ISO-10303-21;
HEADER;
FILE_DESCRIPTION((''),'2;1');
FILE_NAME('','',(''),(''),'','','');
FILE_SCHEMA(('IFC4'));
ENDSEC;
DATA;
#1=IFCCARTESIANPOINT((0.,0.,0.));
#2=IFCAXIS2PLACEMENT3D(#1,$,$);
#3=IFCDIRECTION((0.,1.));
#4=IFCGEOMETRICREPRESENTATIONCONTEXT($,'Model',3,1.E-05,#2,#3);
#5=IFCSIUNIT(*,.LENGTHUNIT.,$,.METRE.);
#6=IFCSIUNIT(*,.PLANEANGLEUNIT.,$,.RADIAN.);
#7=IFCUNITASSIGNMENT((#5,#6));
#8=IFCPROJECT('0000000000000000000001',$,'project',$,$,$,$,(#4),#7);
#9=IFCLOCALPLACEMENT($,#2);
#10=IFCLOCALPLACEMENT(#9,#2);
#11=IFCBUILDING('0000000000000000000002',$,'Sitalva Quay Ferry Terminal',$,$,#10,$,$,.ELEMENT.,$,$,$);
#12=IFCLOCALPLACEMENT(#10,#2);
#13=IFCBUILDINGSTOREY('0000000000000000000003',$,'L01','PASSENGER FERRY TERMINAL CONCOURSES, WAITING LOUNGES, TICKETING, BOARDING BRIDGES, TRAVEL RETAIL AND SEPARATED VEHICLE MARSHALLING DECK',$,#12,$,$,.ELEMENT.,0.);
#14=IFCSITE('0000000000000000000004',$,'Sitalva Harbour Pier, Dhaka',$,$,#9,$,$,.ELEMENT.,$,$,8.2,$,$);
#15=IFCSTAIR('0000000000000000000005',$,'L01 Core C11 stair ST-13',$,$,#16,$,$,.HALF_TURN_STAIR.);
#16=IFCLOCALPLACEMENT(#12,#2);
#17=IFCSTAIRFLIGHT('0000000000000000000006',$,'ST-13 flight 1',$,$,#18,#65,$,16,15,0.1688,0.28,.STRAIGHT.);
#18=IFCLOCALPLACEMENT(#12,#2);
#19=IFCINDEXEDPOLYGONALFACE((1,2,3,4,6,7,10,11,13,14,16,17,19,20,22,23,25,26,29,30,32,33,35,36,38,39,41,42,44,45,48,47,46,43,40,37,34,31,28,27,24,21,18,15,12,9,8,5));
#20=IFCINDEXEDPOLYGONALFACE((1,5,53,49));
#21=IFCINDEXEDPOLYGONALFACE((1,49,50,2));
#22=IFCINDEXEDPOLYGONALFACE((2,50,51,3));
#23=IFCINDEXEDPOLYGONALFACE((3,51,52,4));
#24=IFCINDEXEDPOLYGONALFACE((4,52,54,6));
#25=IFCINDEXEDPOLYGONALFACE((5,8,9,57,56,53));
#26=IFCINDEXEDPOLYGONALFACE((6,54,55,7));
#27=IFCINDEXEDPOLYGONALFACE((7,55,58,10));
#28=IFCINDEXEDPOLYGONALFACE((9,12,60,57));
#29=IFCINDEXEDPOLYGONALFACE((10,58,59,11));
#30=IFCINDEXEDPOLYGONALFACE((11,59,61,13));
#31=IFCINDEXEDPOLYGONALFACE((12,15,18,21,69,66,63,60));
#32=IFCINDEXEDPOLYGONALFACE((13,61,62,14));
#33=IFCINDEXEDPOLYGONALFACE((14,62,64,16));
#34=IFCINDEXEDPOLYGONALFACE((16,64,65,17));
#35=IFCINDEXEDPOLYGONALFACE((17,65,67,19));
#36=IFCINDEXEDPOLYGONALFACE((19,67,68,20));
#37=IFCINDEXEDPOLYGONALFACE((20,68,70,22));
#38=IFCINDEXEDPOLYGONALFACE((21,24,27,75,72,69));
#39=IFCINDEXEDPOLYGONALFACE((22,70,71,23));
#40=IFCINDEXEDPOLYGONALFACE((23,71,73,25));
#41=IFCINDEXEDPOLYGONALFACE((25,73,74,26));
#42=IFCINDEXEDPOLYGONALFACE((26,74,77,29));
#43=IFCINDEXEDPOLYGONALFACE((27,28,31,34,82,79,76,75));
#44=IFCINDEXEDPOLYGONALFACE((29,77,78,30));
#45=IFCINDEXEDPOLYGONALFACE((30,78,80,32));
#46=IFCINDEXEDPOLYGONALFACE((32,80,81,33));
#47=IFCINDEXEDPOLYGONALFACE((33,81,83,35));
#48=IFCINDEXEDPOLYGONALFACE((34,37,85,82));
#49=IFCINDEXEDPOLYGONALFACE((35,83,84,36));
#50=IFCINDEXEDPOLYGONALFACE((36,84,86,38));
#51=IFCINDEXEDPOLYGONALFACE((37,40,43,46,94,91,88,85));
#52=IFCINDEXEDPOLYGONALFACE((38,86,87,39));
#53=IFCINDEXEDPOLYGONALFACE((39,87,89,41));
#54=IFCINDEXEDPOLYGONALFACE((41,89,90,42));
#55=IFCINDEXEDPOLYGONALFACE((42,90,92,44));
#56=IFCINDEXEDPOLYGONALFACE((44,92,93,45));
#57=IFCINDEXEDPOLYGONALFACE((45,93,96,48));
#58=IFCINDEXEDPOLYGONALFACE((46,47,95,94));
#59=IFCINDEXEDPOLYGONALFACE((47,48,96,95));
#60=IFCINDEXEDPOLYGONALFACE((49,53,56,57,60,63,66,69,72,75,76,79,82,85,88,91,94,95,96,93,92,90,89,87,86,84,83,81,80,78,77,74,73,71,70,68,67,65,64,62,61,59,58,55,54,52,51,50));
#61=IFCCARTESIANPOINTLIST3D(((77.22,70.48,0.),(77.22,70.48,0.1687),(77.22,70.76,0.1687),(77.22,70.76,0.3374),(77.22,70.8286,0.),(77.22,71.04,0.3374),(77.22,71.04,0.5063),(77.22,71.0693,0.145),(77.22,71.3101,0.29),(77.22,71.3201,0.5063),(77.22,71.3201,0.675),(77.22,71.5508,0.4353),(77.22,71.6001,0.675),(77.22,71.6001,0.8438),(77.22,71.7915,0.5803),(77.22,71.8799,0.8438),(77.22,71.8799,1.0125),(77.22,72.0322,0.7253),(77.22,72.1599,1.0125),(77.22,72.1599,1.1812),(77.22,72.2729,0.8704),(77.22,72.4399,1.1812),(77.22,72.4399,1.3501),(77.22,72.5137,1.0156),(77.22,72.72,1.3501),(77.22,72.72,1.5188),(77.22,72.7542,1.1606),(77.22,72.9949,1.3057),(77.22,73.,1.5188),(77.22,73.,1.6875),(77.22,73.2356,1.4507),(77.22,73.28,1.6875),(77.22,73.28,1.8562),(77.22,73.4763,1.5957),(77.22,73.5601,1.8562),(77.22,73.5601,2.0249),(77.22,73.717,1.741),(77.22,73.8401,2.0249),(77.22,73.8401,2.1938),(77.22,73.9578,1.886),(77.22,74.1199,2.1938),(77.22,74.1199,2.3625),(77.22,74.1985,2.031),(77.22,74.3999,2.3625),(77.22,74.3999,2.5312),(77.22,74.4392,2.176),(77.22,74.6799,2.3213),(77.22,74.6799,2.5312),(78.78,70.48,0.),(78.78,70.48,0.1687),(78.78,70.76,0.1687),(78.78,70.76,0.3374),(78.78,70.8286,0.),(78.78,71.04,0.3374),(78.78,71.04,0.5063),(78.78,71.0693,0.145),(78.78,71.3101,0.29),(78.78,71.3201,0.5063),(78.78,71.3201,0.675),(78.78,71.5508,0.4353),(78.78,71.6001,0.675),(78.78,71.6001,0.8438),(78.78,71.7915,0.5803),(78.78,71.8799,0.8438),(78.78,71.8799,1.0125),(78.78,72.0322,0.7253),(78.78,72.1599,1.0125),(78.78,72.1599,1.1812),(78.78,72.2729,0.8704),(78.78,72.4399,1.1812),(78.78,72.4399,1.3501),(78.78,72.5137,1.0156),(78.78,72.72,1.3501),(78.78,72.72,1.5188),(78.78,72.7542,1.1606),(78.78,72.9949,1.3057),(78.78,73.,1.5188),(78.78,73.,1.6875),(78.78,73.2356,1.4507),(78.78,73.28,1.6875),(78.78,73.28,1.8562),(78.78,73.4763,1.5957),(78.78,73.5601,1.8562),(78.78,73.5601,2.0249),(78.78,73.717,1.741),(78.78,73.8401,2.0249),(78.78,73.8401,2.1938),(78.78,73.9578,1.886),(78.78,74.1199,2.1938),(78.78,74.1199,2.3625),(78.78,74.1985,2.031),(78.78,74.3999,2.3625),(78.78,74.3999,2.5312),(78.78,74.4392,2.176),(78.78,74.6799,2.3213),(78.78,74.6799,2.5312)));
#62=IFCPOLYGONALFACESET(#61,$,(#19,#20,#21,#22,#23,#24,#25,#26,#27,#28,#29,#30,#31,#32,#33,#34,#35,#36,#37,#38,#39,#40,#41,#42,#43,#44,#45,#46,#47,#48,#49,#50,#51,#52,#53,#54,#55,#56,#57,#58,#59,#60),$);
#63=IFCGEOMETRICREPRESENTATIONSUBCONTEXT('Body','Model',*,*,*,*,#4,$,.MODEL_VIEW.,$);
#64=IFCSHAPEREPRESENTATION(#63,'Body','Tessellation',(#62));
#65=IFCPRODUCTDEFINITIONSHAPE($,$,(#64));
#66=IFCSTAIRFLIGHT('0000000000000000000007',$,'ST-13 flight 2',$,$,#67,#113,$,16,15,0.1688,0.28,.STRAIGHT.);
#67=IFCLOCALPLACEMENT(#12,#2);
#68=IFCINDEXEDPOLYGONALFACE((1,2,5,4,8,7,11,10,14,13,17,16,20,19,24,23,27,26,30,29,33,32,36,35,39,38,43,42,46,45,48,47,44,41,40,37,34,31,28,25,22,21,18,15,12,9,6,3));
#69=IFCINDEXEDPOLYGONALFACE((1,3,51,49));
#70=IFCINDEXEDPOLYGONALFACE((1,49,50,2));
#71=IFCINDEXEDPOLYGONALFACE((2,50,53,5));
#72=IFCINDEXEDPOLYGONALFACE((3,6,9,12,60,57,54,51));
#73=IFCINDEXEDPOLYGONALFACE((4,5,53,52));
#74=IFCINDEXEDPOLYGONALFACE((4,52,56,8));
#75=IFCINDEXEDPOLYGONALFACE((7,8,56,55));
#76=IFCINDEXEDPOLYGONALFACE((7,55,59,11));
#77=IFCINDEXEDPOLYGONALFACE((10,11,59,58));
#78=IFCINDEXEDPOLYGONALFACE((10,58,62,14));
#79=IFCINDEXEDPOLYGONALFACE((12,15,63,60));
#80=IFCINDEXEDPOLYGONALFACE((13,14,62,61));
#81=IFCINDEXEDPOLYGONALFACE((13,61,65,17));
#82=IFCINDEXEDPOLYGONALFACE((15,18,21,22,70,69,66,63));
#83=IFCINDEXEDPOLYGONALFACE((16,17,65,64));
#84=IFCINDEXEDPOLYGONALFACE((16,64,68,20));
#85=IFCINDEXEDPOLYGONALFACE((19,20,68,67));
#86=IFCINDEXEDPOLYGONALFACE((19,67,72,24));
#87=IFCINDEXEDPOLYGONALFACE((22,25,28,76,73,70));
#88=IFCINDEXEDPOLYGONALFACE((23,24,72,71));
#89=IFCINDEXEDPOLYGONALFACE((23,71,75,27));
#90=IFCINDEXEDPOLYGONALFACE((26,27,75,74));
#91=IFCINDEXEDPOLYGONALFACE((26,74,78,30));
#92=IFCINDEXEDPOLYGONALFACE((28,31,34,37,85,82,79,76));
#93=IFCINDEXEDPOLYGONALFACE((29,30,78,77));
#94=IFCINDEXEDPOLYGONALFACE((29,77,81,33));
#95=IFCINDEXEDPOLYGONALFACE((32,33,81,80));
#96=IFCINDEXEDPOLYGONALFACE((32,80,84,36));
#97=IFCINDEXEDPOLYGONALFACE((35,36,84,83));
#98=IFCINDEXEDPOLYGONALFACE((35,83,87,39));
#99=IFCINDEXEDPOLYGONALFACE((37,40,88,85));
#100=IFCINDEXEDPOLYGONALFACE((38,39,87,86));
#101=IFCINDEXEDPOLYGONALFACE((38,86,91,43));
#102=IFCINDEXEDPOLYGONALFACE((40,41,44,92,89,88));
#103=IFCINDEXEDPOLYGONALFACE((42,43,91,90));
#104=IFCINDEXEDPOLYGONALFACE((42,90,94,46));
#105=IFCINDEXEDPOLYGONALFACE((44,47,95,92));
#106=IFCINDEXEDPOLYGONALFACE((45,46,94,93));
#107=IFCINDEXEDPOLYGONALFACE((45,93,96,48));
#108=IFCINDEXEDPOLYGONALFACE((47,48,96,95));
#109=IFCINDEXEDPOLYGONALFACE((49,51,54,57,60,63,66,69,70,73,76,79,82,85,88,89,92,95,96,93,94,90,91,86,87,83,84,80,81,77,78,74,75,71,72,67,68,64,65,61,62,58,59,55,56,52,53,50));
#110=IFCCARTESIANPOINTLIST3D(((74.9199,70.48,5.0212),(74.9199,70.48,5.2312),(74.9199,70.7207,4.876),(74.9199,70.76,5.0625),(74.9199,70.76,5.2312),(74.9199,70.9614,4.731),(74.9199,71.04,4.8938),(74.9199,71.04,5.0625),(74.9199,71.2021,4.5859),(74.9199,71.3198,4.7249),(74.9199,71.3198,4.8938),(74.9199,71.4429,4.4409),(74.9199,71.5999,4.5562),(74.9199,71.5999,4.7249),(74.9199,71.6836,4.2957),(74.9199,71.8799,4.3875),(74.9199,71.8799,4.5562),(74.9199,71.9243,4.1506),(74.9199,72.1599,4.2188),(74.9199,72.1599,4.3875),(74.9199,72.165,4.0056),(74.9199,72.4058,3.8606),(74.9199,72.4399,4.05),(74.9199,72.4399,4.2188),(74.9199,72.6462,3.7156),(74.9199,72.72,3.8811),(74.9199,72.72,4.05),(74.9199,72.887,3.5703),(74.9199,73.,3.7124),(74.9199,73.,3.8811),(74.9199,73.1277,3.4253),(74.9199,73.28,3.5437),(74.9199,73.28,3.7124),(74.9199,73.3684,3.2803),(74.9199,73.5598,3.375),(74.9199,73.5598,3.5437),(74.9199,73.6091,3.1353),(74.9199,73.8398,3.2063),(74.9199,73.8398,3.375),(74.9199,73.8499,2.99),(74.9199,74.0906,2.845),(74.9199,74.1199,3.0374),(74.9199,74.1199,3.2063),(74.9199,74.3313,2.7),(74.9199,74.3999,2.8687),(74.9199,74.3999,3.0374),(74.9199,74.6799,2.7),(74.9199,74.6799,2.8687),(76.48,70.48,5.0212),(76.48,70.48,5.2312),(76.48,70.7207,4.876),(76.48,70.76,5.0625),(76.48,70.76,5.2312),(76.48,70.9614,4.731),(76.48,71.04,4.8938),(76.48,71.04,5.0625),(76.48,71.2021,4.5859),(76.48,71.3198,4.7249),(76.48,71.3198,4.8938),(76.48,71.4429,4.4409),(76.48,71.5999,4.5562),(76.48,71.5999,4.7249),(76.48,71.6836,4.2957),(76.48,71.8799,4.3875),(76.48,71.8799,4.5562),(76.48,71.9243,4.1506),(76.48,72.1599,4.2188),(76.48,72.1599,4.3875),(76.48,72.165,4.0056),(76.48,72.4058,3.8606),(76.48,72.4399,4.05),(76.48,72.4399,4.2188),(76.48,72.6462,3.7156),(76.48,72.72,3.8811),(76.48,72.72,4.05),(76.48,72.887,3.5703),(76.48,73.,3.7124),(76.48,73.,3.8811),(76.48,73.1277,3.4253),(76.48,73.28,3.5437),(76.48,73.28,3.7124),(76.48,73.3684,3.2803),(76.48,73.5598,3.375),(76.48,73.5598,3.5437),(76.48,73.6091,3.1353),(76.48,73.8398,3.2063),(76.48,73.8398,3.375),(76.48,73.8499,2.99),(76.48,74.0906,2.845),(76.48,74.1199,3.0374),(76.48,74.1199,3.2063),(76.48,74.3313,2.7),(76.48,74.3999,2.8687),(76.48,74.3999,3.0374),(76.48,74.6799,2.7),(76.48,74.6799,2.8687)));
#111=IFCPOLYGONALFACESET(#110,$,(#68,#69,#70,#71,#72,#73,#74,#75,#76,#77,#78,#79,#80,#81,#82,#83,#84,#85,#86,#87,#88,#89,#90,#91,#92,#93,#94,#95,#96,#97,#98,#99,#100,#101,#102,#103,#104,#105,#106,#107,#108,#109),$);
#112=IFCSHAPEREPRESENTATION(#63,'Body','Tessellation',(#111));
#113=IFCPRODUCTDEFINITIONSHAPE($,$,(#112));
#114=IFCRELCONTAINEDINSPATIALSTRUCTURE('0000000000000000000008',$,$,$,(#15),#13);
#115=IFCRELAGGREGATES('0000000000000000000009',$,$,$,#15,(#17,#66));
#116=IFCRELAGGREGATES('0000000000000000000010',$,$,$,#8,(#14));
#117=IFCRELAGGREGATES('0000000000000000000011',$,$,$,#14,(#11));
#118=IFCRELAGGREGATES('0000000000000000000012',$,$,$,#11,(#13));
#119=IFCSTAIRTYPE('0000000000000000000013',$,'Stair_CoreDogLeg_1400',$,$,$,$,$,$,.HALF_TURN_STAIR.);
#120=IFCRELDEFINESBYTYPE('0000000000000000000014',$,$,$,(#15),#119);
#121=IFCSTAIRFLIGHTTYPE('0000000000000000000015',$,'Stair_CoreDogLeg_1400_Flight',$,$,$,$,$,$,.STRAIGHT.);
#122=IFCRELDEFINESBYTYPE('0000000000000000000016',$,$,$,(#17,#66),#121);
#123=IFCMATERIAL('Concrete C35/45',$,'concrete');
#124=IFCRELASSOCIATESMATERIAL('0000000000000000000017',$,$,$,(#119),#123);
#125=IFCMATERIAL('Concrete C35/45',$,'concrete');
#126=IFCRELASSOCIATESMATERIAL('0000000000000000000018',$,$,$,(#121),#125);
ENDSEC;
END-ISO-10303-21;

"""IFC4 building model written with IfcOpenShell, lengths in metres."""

from ifc_helpers import new_model, si_unit, direction, frame, origin, place, context, subcontext, project, spatial, polyline, outline, extrude, material, type_object, element, aggregate, save


model = new_model("IFC4")

# Units and contexts
model_context = context("Model", 3, precision=1e-05, world=origin(), true_north=direction((0.0, 1.0)))
body_context = subcontext(model_context, "Body", "Model", "MODEL_VIEW")
ifc_project = project(units=[si_unit("LENGTHUNIT", "METRE"), si_unit("PLANEANGLEUNIT", "RADIAN")], contexts=[model_context])

# Site, building, storey
site_placement = place(None, origin())
site = spatial("IfcSite", under=ifc_project, at=site_placement, Name="Sitalva Harbour Pier, Dhaka", CompositionType="ELEMENT", RefElevation=8.2)
building_placement = place(site_placement, origin())
building = spatial("IfcBuilding", under=site, at=building_placement, Name="Sitalva Quay Ferry Terminal", CompositionType="ELEMENT")
storey_placement = place(building_placement, origin())
storey = spatial("IfcBuildingStorey", under=building, at=storey_placement, Name="L01", Description="PASSENGER FERRY TERMINAL CONCOURSES, WAITING LOUNGES, TICKETING, BOARDING BRIDGES, TRAVEL RETAIL AND SEPARATED VEHICLE MARSHALLING DECK", CompositionType="ELEMENT", Elevation=0.0)

# Stair, stair flights
ifc_material_1 = material(Name="Concrete C35/45", Category="concrete")
stair_type = type_object("IfcStairType", Name="Stair_CoreDogLeg_1400", PredefinedType="HALF_TURN_STAIR", material=ifc_material_1)
stair_placement = place(storey_placement, origin())
stair = element("IfcStair", 1, at=stair_placement, inside=storey, type_object=stair_type, Name="L01 Core C11 stair ST-13", PredefinedType="HALF_TURN_STAIR")
ifc_material_2 = material(Name="Concrete C35/45", Category="concrete")
stair_flight_type = type_object("IfcStairFlightType", Name="Stair_CoreDogLeg_1400_Flight", PredefinedType="STRAIGHT", material=ifc_material_2)
stair_flight_1_placement = place(storey_placement, frame((78.0, 70.48, 0.0), z_axis=(0.0, 0.0, 1.0), x_axis=(0.0, 1.0, 0.0)))
stair_flight_1 = element("IfcStairFlight", 2, at=stair_flight_1_placement, type_object=stair_flight_type, Name="ST-13 flight 1", NumberOfRisers=16, NumberOfTreads=15, PredefinedType="STRAIGHT", RiserHeight=0.1688, TreadLength=0.28, context=body_context, shape_type="SweptSolid", body=[
    extrude(outline(polyline([(0.0, 0.0), (0.0, 0.1687), (0.28, 0.1687), (0.28, 0.3374), (0.5601, 0.3374), (0.5601, 0.5063), (0.8401, 0.5063), (0.8401, 0.675), (1.1201, 0.675), (1.1201, 0.8438), (1.3999, 0.8438), (1.3999, 1.0125), (1.6799, 1.0125), (1.6799, 1.1812), (1.96, 1.1812), (1.96, 1.3501), (2.24, 1.3501), (2.24, 1.5188), (2.52, 1.5188), (2.52, 1.6875), (2.8, 1.6875), (2.8, 1.8562), (3.0801, 1.8562), (3.0801, 2.0249), (3.3601, 2.0249), (3.3601, 2.1938), (3.6399, 2.1938), (3.6399, 2.3625), (3.9199, 2.3625), (3.9199, 2.5312), (4.2, 2.5312), (4.2, 2.7), (4.2, 2.3213), (3.9592, 2.176), (3.7185, 2.031), (3.4778, 1.886), (3.2371, 1.741), (2.9963, 1.5957), (2.7556, 1.4507), (2.5149, 1.3057), (2.2742, 1.1606), (2.0337, 1.0156), (1.793, 0.8704), (1.5522, 0.7253), (1.3115, 0.5803), (1.0708, 0.4353), (0.8301, 0.29), (0.5894, 0.145), (0.3486, 0.0), (0.0, 0.0)])), frame((0.0, 0.78, 0.0), z_axis=(0.0, -1.0, 0.0), x_axis=(1.0, 0.0, 0.0)), (0.0, 0.0, 1.0), 1.5601),
])
stair_flight_2_placement = place(storey_placement, frame((75.7, 74.6799, 2.7), z_axis=(0.0, 0.0, 1.0), x_axis=(0.0, -1.0, 0.0)))
stair_flight_2 = element("IfcStairFlight", 3, at=stair_flight_2_placement, type_object=stair_flight_type, Name="ST-13 flight 2", NumberOfRisers=16, NumberOfTreads=15, PredefinedType="STRAIGHT", RiserHeight=0.1688, TreadLength=0.28, context=body_context, shape_type="SweptSolid", body=[
    extrude(outline(polyline([(0.0, 0.0), (0.0, 0.1687), (0.28, 0.1687), (0.28, 0.3374), (0.5601, 0.3374), (0.5601, 0.5063), (0.8401, 0.5063), (0.8401, 0.675), (1.1201, 0.675), (1.1201, 0.8438), (1.3999, 0.8438), (1.3999, 1.0125), (1.6799, 1.0125), (1.6799, 1.1812), (1.96, 1.1812), (1.96, 1.3501), (2.24, 1.3501), (2.24, 1.5188), (2.52, 1.5188), (2.52, 1.6875), (2.8, 1.6875), (2.8, 1.8562), (3.0801, 1.8562), (3.0801, 2.0249), (3.3601, 2.0249), (3.3601, 2.1938), (3.6399, 2.1938), (3.6399, 2.3625), (3.9199, 2.3625), (3.9199, 2.5312), (4.2, 2.5312), (4.2, 2.7), (4.2, 2.3213), (3.9592, 2.176), (3.7185, 2.031), (3.4778, 1.886), (3.2371, 1.741), (2.9963, 1.5957), (2.7556, 1.4507), (2.5149, 1.3057), (2.2742, 1.1606), (2.0337, 1.0156), (1.793, 0.8704), (1.5522, 0.7253), (1.3115, 0.5803), (1.0708, 0.4353), (0.8301, 0.29), (0.5894, 0.145), (0.3486, 0.0), (0.0, 0.0)])), frame((0.0, 0.78, 0.0), z_axis=(0.0, -1.0, 0.0), x_axis=(1.0, 0.0, 0.0)), (0.0, 0.0, 1.0), 1.5601),
])
aggregate(stair, [stair_flight_1, stair_flight_2])

save(model, "model.ifc")
